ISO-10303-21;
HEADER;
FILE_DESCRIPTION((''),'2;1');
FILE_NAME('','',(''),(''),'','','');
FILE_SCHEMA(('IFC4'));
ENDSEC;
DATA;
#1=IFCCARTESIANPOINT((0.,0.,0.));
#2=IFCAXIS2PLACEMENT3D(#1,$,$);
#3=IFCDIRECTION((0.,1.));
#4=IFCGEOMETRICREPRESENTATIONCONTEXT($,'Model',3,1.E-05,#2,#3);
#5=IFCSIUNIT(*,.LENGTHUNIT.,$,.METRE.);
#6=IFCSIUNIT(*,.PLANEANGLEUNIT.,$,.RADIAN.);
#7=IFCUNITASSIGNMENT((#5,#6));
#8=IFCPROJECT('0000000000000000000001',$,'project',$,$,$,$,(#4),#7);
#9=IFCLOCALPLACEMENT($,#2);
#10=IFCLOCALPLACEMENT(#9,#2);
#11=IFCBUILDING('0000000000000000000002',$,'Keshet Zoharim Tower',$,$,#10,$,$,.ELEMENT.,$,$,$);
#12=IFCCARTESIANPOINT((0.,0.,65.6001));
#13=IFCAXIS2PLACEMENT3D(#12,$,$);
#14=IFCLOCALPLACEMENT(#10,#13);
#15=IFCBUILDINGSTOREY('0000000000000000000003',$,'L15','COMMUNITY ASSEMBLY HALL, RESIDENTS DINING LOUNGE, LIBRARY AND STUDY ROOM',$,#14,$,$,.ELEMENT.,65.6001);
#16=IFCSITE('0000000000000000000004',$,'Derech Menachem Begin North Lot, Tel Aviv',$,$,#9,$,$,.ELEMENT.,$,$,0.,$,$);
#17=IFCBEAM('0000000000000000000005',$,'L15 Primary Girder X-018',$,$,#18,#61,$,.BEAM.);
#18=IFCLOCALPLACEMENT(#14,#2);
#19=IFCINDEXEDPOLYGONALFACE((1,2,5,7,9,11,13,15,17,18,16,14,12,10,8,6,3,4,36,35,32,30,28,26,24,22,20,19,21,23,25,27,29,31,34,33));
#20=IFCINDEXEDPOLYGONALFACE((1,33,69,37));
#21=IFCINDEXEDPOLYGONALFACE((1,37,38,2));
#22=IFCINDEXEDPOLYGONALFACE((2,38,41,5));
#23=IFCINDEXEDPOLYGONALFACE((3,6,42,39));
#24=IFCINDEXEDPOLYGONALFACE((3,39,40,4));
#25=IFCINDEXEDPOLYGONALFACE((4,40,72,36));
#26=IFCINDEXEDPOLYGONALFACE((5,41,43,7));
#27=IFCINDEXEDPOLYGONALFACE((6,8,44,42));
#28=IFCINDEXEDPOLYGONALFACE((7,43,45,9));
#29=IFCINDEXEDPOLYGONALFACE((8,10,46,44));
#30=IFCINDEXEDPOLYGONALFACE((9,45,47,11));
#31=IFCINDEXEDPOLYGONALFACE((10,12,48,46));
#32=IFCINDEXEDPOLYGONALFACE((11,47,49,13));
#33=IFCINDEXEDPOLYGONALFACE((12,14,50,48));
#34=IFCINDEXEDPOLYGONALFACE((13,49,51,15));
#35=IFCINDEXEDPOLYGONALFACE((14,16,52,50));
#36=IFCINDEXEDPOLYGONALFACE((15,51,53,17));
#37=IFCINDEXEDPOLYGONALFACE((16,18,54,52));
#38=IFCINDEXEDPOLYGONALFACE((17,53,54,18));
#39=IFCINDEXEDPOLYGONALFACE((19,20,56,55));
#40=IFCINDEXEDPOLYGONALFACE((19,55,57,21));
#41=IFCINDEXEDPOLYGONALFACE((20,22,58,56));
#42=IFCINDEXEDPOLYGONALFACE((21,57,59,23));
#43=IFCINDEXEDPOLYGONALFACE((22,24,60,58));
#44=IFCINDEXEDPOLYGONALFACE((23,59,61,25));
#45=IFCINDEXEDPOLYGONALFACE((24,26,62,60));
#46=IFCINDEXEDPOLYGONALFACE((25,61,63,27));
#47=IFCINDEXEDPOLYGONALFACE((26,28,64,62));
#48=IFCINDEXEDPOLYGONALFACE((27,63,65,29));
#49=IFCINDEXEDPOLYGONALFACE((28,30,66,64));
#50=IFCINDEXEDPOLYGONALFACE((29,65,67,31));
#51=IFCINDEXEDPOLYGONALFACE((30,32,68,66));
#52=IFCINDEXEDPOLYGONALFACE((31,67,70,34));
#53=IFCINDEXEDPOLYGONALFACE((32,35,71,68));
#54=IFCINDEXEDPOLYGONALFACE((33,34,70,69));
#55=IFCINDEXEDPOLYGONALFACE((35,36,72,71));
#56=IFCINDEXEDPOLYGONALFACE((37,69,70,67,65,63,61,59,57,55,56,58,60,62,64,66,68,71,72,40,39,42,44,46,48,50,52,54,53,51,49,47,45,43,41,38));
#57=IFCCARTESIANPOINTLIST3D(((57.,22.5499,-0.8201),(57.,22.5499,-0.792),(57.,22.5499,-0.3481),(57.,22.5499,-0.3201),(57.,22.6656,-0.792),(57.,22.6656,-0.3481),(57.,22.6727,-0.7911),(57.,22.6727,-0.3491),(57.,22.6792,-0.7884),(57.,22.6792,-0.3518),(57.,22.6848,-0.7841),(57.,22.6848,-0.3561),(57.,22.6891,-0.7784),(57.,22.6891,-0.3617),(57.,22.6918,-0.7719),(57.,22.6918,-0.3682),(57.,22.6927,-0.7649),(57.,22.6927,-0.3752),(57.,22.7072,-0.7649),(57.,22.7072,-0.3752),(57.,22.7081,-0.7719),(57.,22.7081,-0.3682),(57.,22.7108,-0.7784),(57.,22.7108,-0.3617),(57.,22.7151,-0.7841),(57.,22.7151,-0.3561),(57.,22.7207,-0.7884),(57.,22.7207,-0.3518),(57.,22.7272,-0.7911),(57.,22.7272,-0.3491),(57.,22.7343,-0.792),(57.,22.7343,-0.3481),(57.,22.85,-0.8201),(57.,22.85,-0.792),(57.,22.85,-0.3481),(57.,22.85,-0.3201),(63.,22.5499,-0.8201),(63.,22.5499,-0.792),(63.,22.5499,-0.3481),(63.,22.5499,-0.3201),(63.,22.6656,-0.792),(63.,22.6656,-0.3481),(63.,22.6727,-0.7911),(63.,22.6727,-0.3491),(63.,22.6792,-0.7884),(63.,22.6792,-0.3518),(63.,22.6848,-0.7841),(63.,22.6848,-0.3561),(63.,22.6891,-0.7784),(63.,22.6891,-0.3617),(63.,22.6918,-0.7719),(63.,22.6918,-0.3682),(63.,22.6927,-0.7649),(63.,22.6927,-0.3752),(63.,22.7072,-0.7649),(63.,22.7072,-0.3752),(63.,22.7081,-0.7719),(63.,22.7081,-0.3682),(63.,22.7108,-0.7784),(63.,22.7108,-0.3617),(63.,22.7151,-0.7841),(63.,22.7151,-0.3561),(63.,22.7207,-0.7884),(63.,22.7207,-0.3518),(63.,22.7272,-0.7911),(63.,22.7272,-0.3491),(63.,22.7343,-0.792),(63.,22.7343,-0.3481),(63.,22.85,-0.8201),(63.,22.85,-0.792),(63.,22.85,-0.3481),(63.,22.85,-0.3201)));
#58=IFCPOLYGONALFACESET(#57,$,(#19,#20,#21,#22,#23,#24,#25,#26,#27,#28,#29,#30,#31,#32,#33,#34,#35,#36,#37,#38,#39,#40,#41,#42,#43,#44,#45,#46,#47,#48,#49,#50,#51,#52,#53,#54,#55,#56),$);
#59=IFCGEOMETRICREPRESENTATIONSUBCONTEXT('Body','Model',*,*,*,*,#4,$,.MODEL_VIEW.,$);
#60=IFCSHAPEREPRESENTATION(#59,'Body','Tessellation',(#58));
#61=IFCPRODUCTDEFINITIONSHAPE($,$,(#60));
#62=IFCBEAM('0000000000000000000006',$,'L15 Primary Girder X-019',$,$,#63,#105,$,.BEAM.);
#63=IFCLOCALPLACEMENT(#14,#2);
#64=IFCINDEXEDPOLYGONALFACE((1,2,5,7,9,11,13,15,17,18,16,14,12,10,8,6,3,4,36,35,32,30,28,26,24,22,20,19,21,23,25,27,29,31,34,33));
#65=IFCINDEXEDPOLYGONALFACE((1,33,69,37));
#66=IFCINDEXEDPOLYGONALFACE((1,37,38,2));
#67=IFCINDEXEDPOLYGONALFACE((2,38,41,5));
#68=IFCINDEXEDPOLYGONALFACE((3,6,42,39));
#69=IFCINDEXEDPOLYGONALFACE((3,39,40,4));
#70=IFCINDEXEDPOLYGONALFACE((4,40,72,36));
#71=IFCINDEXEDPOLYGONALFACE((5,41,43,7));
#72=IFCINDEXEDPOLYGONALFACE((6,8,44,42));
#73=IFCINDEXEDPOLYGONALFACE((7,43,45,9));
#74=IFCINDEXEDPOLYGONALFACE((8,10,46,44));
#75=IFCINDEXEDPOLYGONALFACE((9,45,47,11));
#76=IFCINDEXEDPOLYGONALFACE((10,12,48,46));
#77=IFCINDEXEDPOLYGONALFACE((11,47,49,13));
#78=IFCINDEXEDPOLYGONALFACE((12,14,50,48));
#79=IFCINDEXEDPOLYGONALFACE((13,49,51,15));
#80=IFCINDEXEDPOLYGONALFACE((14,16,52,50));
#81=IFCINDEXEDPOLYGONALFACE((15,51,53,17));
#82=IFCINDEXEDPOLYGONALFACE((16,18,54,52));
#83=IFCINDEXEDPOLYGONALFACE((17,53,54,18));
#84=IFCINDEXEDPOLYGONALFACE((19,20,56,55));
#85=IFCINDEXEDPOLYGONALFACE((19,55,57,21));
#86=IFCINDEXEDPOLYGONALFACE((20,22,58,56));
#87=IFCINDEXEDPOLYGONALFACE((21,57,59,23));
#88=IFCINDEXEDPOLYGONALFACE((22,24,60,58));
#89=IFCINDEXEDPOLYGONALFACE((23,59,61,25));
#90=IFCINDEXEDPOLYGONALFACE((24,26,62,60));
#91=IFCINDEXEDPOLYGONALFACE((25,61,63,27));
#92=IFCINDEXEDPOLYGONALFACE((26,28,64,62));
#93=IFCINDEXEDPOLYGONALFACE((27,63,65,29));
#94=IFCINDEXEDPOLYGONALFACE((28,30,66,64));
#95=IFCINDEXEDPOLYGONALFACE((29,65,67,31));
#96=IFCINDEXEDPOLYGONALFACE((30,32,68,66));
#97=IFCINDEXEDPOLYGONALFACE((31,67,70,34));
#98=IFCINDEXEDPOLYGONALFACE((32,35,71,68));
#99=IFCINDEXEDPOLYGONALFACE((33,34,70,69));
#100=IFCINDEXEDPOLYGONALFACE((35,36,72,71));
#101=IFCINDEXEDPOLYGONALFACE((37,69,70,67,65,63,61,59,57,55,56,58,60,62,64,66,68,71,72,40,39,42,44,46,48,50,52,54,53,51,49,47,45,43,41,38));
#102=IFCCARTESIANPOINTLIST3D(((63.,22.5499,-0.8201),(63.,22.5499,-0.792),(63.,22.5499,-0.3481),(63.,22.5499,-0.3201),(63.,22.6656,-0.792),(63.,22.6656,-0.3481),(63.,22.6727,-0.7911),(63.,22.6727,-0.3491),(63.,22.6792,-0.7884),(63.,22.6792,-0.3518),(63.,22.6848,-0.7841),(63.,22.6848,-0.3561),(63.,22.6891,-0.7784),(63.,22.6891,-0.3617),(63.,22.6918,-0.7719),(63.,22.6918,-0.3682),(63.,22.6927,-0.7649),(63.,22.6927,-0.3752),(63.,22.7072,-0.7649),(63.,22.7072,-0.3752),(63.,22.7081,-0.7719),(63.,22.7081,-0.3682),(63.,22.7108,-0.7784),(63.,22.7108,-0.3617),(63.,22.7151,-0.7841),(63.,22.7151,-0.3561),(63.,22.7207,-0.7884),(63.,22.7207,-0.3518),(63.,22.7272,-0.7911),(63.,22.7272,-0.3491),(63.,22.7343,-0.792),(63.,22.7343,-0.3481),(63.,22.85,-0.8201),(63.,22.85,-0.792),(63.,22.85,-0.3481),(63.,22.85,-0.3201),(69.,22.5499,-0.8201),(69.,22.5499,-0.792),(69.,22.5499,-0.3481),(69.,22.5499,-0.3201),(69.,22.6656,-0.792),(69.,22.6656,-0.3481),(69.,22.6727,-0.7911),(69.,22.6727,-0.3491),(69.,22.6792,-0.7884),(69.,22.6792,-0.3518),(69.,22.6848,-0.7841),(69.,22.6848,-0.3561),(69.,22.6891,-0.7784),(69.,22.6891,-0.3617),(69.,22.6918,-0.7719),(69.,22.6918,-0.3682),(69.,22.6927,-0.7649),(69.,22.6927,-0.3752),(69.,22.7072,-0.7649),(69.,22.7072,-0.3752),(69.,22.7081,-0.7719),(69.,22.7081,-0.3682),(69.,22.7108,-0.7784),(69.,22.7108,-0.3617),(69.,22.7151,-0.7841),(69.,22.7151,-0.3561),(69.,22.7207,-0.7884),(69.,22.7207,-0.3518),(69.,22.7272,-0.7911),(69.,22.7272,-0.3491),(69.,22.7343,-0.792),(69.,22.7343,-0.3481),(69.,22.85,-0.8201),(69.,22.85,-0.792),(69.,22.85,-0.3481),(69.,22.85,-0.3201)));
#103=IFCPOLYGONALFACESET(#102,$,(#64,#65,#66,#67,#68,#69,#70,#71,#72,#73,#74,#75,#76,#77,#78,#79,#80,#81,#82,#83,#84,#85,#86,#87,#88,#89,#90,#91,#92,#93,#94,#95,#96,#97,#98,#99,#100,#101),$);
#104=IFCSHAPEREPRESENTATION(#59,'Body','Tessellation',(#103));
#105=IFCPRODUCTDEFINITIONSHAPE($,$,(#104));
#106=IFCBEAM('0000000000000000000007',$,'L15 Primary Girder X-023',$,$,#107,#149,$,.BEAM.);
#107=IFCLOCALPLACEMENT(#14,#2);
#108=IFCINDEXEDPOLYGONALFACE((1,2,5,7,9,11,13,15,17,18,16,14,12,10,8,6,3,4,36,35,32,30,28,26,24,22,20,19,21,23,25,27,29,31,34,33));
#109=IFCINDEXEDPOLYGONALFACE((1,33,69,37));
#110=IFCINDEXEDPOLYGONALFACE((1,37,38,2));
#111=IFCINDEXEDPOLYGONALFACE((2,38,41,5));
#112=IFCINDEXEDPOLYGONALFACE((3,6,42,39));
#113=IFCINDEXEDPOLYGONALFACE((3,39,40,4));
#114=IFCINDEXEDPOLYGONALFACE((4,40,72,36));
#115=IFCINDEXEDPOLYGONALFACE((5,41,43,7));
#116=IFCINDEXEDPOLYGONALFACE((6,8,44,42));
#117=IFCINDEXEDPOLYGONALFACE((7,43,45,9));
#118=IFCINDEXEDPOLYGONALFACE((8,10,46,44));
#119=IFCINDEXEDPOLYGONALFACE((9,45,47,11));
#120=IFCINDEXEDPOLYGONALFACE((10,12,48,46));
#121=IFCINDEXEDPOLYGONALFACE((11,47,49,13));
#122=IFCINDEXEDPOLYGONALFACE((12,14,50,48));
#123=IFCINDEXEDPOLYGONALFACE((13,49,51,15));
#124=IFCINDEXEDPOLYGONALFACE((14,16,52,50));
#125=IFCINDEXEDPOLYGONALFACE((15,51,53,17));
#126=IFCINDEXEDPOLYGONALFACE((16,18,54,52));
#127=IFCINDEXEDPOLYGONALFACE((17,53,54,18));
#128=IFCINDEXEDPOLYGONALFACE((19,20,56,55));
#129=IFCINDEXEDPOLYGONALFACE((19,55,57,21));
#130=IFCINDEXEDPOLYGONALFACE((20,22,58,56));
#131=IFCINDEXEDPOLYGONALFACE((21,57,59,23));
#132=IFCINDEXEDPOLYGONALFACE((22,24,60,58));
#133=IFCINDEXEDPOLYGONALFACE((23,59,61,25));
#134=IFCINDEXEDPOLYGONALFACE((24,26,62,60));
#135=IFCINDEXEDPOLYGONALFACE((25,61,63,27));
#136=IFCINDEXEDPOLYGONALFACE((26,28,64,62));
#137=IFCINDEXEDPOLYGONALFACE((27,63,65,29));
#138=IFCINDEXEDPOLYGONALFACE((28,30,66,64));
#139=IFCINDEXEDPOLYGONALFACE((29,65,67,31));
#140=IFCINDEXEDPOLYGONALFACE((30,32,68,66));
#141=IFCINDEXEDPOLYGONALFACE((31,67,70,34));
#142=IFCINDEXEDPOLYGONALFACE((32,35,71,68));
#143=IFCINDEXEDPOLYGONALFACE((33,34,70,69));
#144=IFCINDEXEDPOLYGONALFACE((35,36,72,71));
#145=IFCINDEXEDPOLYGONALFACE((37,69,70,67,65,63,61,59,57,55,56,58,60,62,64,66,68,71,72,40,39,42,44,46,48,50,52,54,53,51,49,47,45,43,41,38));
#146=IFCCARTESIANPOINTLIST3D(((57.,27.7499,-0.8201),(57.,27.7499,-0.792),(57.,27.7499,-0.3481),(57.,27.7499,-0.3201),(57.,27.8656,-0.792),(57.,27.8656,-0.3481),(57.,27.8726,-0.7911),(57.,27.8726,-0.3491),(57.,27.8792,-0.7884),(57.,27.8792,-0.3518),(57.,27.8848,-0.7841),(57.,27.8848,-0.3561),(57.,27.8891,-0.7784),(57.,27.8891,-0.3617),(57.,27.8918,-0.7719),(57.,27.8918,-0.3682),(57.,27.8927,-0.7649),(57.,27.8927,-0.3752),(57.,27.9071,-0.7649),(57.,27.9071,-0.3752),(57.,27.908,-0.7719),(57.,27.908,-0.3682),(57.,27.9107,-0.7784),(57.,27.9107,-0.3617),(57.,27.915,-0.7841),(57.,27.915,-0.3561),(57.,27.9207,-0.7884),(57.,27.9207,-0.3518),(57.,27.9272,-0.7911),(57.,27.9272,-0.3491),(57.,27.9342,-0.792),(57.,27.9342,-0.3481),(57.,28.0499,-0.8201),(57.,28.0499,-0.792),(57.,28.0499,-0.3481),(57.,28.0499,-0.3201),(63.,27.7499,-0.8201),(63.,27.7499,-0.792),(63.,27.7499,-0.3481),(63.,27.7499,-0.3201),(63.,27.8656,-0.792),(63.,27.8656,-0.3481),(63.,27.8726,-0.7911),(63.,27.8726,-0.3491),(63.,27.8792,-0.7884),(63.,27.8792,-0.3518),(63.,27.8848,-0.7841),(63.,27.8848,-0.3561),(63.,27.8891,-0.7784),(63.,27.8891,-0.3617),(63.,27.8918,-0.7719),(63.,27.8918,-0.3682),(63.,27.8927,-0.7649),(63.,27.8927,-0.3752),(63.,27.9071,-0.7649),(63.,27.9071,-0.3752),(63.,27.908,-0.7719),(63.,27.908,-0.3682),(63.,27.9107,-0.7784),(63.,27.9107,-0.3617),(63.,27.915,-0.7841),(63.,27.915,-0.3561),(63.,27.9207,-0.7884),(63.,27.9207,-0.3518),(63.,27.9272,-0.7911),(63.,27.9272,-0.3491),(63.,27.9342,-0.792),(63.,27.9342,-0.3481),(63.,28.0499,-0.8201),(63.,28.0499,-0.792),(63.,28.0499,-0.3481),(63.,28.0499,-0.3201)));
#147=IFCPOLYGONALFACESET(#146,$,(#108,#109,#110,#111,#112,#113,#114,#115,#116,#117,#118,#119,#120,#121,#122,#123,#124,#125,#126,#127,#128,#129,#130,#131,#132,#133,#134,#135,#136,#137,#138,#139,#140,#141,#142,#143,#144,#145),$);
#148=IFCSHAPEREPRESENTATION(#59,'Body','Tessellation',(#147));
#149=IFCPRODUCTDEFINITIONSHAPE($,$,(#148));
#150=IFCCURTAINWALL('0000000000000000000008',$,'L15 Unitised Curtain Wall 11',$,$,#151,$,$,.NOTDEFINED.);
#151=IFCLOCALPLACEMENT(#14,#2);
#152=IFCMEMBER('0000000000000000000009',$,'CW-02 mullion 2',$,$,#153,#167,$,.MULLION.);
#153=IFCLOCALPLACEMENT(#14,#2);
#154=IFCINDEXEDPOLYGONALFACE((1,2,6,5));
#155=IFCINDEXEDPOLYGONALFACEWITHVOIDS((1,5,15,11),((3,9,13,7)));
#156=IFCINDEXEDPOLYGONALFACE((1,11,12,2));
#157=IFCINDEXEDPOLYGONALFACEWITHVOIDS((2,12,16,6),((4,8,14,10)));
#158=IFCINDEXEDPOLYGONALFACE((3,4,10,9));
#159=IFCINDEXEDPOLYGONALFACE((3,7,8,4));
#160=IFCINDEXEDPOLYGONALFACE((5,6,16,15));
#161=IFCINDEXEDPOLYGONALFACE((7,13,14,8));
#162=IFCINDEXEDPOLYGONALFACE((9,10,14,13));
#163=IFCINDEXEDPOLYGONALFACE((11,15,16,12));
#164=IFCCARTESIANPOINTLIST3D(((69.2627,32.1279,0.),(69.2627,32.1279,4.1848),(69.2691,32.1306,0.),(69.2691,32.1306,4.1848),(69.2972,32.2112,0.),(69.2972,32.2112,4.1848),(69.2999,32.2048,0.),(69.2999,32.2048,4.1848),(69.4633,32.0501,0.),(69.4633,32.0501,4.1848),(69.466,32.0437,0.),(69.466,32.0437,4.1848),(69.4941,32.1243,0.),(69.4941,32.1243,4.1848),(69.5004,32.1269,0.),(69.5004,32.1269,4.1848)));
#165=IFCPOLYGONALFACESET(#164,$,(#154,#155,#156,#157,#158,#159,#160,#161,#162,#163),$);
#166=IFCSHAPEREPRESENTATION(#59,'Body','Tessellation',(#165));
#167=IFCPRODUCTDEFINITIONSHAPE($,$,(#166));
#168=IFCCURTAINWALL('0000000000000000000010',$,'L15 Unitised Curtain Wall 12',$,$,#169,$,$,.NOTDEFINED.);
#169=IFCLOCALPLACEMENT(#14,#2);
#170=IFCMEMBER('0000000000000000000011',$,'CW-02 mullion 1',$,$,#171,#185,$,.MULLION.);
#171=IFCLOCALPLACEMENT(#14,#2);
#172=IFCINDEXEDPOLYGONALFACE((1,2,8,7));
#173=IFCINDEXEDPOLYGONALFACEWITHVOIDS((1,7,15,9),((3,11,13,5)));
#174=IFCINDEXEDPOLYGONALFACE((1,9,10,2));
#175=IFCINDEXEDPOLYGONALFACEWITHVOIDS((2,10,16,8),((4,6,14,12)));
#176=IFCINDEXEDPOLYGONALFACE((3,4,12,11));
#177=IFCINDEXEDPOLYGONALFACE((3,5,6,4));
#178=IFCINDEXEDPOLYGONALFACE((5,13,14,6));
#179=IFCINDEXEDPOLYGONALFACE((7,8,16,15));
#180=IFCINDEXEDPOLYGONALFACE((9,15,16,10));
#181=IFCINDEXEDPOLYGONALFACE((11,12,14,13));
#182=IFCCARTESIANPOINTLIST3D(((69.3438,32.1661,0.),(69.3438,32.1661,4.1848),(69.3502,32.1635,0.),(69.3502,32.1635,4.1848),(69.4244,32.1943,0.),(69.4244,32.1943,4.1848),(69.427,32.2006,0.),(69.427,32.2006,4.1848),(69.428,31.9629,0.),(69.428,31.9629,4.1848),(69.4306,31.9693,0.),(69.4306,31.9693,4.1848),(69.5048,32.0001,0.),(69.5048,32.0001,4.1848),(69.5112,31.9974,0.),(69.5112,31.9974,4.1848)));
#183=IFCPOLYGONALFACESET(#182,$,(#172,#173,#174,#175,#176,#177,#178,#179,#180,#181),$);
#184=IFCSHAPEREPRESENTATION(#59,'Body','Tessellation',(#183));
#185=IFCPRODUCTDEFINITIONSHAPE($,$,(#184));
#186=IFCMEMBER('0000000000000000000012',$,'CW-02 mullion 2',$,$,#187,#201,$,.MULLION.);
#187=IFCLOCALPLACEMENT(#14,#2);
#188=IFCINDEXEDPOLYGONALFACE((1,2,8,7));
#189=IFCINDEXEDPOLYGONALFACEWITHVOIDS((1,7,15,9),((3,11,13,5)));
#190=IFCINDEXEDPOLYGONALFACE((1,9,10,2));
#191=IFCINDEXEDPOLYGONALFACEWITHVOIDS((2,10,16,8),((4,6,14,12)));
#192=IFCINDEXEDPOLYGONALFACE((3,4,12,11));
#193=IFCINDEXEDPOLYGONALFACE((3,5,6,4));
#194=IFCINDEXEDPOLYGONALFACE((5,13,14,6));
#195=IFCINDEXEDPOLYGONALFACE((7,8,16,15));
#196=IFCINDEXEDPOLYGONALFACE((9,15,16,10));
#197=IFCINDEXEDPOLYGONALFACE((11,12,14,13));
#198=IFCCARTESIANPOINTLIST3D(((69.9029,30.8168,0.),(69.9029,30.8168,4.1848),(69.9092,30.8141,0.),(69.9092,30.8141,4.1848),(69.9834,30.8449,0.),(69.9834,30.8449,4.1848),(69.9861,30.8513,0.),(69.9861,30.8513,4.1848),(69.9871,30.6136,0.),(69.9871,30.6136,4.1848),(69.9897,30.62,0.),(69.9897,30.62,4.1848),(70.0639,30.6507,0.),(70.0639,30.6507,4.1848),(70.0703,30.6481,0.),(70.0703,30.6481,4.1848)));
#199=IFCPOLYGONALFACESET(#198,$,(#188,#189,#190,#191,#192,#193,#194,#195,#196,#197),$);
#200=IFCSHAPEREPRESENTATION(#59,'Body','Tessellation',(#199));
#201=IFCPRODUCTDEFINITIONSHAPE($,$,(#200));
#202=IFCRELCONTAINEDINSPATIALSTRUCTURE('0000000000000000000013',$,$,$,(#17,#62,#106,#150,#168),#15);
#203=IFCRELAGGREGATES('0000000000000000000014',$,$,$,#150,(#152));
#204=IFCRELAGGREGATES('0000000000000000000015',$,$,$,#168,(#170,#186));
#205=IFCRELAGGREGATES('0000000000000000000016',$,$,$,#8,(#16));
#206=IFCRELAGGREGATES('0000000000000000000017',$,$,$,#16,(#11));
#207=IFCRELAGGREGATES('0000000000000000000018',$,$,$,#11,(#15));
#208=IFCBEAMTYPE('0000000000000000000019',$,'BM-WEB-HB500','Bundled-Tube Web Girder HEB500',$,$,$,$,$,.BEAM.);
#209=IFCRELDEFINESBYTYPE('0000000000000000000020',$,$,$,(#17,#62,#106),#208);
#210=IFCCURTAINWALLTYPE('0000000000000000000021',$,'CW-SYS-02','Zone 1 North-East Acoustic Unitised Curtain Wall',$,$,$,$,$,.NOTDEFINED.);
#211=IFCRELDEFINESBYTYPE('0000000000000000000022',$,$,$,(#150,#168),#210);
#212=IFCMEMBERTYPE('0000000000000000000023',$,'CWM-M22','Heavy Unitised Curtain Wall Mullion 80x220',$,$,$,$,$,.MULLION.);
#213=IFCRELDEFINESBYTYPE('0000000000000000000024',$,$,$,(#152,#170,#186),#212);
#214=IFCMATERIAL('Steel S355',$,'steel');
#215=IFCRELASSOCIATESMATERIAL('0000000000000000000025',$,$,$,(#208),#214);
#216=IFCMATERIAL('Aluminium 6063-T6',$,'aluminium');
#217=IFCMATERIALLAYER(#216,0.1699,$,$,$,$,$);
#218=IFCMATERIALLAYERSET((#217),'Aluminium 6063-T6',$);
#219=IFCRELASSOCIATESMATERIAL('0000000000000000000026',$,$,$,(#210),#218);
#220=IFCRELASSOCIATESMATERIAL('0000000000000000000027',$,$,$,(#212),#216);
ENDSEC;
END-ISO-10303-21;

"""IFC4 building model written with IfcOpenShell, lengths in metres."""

from ifc_helpers import new_model, si_unit, direction, frame, origin, origin_2d, place, context, subcontext, project, spatial, hollow_rectangle, i_section, extrude, material, layer, layer_set, material_profile, profile_set, type_object, element, aggregate, save


model = new_model("IFC4")

# Units and contexts
model_context = context("Model", 3, precision=1e-05, world=origin(), true_north=direction((0.0, 1.0)))
body_context = subcontext(model_context, "Body", "Model", "MODEL_VIEW")
ifc_project = project(units=[si_unit("LENGTHUNIT", "METRE"), si_unit("PLANEANGLEUNIT", "RADIAN")], contexts=[model_context])

# Site, building, storey
site_placement = place(None, origin())
site = spatial("IfcSite", under=ifc_project, at=site_placement, Name="Derech Menachem Begin North Lot, Tel Aviv", CompositionType="ELEMENT", RefElevation=0.0)
building_placement = place(site_placement, origin())
building = spatial("IfcBuilding", under=site, at=building_placement, Name="Keshet Zoharim Tower", CompositionType="ELEMENT")
storey_placement = place(building_placement, frame((0.0, 0.0, 65.6001)))
storey = spatial("IfcBuildingStorey", under=building, at=storey_placement, Name="L15", Description="COMMUNITY ASSEMBLY HALL, RESIDENTS DINING LOUNGE, LIBRARY AND STUDY ROOM", CompositionType="ELEMENT", Elevation=65.6001)

# Shared definitions
ifc_material_1 = material(Name="Steel S355", Category="steel")

# Beams
ifc_material_profile_1 = material_profile(ifc_material_1, i_section(OverallWidth=0.3, OverallDepth=0.5, WebThickness=0.0144, FlangeThickness=0.0281, FilletRadius=0.0271, at=origin_2d()), Name="HEB500")
ifc_profile_set_1 = profile_set([ifc_material_profile_1], Name="Steel S355")
beam_type_1 = type_object("IfcBeamType", Name="BM-WEB-HB500", Description="Bundled-Tube Web Girder HEB500", PredefinedType="BEAM", material=ifc_profile_set_1)
for number, where, z_axis, x_axis, name in (
    (1, (57.0, 22.7, -0.5701), (1.0, 0.0, 0.0), (0.0, 1.0, 0.0), "L15 Primary Girder X-018"),
    (2, (63.0, 22.7, -0.5701), (1.0, 0.0, 0.0), (0.0, 1.0, 0.0), "L15 Primary Girder X-019"),
    (3, (57.0, 27.8999, -0.5701), (1.0, 0.0, 0.0), (0.0, 1.0, 0.0), "L15 Primary Girder X-023"),
):
    element("IfcBeam", number, at=place(storey_placement, frame(where, z_axis=z_axis, x_axis=x_axis)), inside=storey, type_object=beam_type_1, Name=name, PredefinedType="BEAM", context=body_context, shape_type="SweptSolid", body=[
        extrude(i_section(OverallWidth=0.3, OverallDepth=0.5, WebThickness=0.0144, FlangeThickness=0.0281, FilletRadius=0.0271, at=origin_2d()), origin(), (0.0, 0.0, 1.0), 6.0),
    ])

# Curtain wall, member
ifc_material_2 = material(Name="Aluminium 6063-T6", Category="aluminium")
ifc_layer_1 = layer(ifc_material_2, 0.1699)
ifc_layer_set_1 = layer_set([ifc_layer_1], Name="Aluminium 6063-T6")
curtain_wall_type = type_object("IfcCurtainWallType", Name="CW-SYS-02", Description="Zone 1 North-East Acoustic Unitised Curtain Wall", PredefinedType="NOTDEFINED", material=ifc_layer_set_1)
curtain_wall_1_placement = place(storey_placement, origin())
curtain_wall_1 = element("IfcCurtainWall", 4, at=curtain_wall_1_placement, inside=storey, type_object=curtain_wall_type, Name="L15 Unitised Curtain Wall 11", PredefinedType="NOTDEFINED")
ifc_material_profile_2 = material_profile(ifc_material_2, hollow_rectangle(XDim=0.0901, YDim=0.22, WallThickness=0.0049, at=origin_2d()), Name="MUL-90x220")
ifc_profile_set_2 = profile_set([ifc_material_profile_2], Name="Aluminium 6063-T6")
member_type_1 = type_object("IfcMemberType", Name="CWM-M22", Description="Heavy Unitised Curtain Wall Mullion 80x220", PredefinedType="MULLION", material=ifc_profile_set_2)
member_1_placement = place(storey_placement, frame((69.3816, 32.1274, 0.0), z_axis=(0.0, 0.0, 1.0), x_axis=(0.382852, 0.92381, 0.0)))
member_1 = element("IfcMember", 5, at=member_1_placement, type_object=member_type_1, Name="CW-02 mullion 2", PredefinedType="MULLION", context=body_context, shape_type="SweptSolid", body=[
    extrude(hollow_rectangle(XDim=0.0901, YDim=0.22, WallThickness=0.0049, at=origin_2d()), origin(), (0.0, 0.0, 1.0), 4.1848),
])
aggregate(curtain_wall_1, [member_1])

# Curtain wall, members
curtain_wall_2_placement = place(storey_placement, origin())
curtain_wall_2 = element("IfcCurtainWall", 6, at=curtain_wall_2_placement, inside=storey, type_object=curtain_wall_type, Name="L15 Unitised Curtain Wall 12", PredefinedType="NOTDEFINED")
member_2_placement = place(storey_placement, frame((69.4275, 32.0818, 0.0), z_axis=(0.0, 0.0, 1.0), x_axis=(0.92381, 0.382852, 0.0)))
member_2 = element("IfcMember", 7, at=member_2_placement, type_object=member_type_1, Name="CW-02 mullion 1", PredefinedType="MULLION", context=body_context, shape_type="SweptSolid", body=[
    extrude(hollow_rectangle(XDim=0.0901, YDim=0.22, WallThickness=0.0049, at=origin_2d()), origin(), (0.0, 0.0, 1.0), 4.1848),
])
member_3_placement = place(storey_placement, frame((69.9866, 30.7324, 0.0), z_axis=(0.0, 0.0, 1.0), x_axis=(0.92381, 0.382852, 0.0)))
member_3 = element("IfcMember", 8, at=member_3_placement, type_object=member_type_1, Name="CW-02 mullion 2", PredefinedType="MULLION", context=body_context, shape_type="SweptSolid", body=[
    extrude(hollow_rectangle(XDim=0.0901, YDim=0.22, WallThickness=0.0049, at=origin_2d()), origin(), (0.0, 0.0, 1.0), 4.1848),
])

aggregate(curtain_wall_2, [member_2, member_3])

save(model, "model.ifc")
